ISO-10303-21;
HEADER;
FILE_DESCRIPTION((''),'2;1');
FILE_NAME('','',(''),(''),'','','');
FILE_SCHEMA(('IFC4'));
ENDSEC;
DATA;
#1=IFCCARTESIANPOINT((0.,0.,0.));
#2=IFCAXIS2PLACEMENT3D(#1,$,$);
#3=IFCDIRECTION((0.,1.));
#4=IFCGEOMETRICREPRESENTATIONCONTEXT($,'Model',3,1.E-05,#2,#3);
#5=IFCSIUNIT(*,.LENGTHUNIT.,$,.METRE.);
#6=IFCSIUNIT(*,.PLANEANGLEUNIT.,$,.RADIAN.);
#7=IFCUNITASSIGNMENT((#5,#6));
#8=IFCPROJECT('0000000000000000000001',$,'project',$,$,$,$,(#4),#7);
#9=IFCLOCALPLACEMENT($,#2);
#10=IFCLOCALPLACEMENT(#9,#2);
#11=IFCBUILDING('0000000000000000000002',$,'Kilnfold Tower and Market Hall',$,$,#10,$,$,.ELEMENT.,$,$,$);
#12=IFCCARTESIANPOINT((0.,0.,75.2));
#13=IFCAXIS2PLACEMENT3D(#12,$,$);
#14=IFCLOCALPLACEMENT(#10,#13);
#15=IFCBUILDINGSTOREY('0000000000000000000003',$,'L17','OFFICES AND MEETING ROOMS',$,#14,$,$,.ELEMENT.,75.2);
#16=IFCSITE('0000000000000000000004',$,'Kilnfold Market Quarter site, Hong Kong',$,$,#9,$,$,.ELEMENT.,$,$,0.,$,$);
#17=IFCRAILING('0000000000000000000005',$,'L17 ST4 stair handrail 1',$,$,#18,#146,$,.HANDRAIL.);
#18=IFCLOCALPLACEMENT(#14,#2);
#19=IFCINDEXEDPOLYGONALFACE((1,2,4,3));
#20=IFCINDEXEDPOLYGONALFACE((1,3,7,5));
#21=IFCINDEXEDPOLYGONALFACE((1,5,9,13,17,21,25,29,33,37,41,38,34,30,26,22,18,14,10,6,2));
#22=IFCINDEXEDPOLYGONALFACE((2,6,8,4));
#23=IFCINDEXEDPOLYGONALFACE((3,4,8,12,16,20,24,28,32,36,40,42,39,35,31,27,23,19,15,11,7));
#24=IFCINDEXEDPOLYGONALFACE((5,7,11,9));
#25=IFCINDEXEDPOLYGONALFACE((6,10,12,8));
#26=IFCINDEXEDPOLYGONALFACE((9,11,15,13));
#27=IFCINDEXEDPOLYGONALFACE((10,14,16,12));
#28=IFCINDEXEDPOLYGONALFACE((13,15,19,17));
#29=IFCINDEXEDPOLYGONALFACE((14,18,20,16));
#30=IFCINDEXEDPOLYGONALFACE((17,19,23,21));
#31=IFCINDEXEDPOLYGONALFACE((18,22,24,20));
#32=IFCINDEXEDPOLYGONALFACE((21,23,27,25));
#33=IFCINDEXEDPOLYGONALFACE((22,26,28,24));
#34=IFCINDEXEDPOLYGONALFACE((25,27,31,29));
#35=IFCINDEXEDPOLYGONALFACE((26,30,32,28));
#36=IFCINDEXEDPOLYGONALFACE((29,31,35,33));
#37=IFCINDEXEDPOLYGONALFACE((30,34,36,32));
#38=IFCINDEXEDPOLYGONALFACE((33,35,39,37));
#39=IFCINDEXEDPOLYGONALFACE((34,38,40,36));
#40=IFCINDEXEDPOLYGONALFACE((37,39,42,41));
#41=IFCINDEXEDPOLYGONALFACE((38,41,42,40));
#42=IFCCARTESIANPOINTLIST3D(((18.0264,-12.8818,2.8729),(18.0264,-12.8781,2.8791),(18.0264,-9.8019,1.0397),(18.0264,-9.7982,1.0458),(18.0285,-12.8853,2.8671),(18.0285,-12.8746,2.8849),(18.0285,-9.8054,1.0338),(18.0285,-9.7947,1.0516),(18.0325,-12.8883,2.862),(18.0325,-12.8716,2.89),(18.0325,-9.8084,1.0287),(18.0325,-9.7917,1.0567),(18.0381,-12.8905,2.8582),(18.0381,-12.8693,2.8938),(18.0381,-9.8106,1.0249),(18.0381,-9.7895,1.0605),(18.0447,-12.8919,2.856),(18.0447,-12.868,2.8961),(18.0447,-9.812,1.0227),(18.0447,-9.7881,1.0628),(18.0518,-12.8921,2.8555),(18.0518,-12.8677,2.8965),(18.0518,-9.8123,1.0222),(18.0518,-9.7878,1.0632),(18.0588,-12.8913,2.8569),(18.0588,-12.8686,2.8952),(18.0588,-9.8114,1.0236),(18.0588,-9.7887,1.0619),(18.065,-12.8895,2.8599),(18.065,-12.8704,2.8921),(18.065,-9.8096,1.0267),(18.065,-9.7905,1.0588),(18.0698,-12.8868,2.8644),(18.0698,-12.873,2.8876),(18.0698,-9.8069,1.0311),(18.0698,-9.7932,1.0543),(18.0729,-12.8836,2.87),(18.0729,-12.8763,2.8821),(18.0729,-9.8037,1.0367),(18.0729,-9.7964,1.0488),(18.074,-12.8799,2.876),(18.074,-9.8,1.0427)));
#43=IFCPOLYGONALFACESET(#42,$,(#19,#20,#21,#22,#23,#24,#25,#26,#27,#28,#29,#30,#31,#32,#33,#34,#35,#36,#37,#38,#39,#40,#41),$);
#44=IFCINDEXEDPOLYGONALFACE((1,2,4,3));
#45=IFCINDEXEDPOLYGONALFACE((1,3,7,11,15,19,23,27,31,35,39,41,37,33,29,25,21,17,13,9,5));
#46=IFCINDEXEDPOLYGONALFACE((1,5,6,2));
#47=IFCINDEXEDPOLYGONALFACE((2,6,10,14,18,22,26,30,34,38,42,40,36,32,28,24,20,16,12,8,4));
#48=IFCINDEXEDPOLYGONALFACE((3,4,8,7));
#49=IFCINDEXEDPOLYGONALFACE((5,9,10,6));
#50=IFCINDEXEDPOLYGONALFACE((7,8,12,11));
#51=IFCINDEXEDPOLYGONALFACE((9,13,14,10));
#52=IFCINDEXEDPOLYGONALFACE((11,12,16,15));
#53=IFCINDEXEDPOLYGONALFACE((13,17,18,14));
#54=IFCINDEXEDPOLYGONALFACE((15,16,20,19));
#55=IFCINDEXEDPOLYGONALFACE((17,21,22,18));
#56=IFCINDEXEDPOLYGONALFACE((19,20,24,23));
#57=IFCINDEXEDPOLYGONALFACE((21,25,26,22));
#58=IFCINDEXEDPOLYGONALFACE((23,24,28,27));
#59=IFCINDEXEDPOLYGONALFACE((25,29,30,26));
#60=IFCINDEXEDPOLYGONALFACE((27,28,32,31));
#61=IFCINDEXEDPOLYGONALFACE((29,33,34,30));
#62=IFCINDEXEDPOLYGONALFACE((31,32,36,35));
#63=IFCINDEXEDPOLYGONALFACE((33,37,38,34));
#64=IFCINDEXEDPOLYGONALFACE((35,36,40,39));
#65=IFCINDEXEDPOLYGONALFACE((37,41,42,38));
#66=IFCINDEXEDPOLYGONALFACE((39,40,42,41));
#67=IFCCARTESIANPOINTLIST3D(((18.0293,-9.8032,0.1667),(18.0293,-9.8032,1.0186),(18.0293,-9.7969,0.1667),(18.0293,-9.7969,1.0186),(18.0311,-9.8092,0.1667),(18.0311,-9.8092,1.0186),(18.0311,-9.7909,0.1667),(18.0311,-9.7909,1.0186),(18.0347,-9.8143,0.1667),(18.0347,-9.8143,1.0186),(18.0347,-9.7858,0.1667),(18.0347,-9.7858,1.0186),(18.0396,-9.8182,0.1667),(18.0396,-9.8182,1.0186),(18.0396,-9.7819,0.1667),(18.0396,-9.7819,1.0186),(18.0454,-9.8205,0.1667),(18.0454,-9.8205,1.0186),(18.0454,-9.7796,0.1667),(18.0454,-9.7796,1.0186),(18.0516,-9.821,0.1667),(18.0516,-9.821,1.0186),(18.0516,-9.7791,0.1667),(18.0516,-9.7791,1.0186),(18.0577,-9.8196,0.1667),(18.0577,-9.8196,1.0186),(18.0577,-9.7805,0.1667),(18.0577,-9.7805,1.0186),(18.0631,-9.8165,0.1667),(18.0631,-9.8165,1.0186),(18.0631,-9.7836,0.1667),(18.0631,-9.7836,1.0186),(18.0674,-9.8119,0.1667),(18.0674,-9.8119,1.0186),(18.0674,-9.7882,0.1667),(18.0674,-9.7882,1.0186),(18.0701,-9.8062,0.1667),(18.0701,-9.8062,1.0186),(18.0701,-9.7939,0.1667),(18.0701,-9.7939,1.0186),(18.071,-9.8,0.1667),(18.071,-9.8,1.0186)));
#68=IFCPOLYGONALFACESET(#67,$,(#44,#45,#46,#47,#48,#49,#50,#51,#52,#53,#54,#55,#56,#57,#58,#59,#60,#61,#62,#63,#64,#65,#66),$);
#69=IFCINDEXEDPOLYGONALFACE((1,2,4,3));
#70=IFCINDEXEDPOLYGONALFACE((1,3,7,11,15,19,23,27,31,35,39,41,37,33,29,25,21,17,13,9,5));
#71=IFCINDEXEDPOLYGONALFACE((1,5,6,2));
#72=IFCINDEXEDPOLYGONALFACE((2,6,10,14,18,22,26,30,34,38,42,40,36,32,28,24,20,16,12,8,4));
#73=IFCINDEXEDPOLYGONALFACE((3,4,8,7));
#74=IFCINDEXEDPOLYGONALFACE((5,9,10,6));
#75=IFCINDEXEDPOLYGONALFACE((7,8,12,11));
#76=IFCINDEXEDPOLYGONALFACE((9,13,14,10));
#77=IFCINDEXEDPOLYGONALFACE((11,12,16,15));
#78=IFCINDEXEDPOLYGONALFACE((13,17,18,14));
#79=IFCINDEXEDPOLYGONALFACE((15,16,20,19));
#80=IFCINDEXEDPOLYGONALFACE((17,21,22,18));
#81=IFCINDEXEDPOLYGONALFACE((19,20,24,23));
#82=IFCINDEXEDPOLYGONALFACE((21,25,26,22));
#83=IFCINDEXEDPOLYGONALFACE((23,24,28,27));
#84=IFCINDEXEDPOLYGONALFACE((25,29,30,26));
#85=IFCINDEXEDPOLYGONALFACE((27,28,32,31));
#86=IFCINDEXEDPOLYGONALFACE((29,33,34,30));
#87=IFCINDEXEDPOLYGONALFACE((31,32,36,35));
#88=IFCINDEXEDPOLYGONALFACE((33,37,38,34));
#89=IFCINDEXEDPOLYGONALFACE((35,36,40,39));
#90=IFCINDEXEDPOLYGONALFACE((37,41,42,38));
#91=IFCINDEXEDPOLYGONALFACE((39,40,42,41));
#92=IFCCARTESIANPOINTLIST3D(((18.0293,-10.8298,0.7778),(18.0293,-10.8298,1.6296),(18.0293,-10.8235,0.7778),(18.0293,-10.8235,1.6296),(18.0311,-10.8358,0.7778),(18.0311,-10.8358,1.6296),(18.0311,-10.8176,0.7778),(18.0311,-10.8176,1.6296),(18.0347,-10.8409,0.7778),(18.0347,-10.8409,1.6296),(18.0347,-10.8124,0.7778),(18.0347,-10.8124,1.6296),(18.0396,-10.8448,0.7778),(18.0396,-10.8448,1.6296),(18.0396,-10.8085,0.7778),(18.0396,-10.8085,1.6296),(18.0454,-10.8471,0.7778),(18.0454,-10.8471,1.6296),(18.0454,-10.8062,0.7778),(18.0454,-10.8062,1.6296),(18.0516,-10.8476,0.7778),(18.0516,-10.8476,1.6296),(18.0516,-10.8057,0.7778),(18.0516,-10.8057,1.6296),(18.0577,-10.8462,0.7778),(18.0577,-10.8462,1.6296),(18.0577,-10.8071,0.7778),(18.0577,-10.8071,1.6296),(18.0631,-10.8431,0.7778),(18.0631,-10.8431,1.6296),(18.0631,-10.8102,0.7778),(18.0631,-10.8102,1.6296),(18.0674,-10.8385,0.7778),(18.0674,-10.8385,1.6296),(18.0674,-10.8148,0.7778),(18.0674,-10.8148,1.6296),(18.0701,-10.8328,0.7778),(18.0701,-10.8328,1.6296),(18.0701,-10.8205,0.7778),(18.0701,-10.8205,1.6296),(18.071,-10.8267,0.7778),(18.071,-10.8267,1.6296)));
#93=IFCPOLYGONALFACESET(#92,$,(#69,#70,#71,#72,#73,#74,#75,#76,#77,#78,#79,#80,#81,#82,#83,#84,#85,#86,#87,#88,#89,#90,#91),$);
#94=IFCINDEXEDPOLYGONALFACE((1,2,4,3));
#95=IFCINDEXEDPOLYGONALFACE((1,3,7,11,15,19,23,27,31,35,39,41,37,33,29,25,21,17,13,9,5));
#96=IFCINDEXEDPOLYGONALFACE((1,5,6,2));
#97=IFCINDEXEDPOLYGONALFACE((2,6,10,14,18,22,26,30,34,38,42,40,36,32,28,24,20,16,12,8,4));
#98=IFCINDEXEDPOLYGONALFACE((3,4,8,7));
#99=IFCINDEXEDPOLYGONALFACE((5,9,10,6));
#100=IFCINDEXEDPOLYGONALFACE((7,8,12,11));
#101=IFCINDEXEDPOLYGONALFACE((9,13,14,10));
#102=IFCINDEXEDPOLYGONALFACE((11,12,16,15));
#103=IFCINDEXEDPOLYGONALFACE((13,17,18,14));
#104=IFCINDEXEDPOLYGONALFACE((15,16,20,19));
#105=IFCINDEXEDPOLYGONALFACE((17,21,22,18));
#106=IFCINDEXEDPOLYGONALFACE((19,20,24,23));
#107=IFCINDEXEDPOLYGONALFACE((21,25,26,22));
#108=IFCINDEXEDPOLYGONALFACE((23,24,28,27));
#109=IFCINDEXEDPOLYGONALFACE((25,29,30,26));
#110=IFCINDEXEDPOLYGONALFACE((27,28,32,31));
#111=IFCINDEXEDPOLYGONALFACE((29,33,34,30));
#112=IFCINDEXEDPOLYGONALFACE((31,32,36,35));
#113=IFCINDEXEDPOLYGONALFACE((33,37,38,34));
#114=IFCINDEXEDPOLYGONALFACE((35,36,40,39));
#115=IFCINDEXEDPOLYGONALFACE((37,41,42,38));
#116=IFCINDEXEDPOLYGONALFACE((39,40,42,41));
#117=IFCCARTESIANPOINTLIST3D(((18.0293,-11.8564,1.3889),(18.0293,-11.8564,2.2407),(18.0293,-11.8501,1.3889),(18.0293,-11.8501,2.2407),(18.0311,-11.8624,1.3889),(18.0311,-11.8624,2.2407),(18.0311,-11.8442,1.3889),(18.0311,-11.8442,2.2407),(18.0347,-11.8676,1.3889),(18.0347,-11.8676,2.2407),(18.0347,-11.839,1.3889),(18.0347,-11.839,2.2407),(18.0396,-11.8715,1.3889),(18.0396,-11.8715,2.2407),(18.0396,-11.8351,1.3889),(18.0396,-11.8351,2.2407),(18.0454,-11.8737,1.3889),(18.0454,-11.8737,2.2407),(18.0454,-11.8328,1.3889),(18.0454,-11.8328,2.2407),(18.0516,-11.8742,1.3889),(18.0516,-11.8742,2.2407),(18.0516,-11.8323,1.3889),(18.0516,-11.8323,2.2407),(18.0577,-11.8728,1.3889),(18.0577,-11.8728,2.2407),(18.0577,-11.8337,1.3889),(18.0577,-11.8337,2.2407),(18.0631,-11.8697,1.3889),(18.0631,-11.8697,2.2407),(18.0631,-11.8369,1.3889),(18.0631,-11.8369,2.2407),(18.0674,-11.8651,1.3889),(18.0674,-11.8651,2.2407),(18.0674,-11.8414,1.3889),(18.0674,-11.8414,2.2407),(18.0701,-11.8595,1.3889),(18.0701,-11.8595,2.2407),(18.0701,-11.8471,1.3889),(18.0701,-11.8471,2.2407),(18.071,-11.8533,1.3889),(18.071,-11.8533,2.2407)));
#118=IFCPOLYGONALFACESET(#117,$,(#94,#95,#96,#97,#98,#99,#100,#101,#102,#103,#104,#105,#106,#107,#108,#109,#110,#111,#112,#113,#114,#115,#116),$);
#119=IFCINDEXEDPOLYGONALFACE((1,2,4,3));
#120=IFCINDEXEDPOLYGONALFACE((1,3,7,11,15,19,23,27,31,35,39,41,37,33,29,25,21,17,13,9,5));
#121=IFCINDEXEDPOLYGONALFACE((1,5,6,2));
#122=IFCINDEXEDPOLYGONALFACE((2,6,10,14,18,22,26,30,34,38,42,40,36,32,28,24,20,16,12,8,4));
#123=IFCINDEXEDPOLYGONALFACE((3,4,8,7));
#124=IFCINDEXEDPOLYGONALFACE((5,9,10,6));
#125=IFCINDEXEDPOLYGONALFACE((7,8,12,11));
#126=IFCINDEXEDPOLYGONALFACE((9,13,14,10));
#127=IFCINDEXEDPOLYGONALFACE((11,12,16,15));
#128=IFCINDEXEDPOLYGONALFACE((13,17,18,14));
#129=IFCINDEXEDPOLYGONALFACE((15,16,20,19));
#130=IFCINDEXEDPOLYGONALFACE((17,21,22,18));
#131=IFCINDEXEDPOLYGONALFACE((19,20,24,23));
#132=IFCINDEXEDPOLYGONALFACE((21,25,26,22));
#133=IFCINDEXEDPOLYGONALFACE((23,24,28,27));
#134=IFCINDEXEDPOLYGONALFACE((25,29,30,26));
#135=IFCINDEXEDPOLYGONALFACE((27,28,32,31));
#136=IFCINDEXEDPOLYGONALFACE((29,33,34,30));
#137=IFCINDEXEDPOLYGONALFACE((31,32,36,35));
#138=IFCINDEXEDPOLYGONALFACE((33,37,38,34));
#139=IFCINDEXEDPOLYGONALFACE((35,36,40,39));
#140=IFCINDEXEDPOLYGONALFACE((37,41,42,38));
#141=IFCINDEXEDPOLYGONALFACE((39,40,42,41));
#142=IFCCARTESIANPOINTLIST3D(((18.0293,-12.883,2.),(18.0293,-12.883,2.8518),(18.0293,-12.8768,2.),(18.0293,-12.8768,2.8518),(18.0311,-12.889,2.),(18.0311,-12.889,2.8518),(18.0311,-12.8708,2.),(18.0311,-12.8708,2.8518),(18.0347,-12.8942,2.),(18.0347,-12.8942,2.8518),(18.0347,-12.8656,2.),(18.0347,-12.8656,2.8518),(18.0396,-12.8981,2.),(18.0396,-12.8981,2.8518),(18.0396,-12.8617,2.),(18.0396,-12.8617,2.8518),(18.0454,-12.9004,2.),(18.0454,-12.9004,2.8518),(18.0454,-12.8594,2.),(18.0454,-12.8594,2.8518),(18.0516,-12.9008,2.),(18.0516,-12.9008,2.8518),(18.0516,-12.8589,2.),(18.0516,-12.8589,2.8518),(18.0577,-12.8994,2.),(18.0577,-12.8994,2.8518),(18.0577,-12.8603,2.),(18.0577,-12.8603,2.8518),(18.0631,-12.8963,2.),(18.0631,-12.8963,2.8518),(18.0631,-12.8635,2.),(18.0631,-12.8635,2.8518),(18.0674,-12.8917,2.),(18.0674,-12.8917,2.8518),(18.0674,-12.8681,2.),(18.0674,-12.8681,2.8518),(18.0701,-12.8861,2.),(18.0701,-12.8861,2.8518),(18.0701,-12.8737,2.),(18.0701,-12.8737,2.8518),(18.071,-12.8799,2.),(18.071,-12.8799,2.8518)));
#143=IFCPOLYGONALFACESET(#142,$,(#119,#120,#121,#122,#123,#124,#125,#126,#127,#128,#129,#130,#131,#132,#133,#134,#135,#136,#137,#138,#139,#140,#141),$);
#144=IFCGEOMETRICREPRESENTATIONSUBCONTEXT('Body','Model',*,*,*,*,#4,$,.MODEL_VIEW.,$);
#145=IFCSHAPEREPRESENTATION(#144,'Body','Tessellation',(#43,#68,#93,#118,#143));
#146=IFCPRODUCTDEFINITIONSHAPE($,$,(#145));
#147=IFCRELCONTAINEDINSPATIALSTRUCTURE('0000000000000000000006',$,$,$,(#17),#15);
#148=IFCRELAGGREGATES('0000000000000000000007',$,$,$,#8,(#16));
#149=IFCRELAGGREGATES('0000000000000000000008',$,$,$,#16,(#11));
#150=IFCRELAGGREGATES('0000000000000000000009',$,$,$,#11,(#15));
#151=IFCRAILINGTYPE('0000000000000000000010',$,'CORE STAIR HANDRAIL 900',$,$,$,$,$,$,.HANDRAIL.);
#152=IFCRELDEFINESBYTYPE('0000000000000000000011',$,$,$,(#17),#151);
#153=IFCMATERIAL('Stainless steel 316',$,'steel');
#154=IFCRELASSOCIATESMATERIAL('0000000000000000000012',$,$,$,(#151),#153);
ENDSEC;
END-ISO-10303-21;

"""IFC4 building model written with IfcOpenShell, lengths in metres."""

from ifc_helpers import new_model, si_unit, direction, frame, origin, origin_2d, place, context, subcontext, project, spatial, circle, extrude, material, type_object, element, save


model = new_model("IFC4")

# Units and contexts
model_context = context("Model", 3, precision=1e-05, world=origin(), true_north=direction((0.0, 1.0)))
body_context = subcontext(model_context, "Body", "Model", "MODEL_VIEW")
ifc_project = project(units=[si_unit("LENGTHUNIT", "METRE"), si_unit("PLANEANGLEUNIT", "RADIAN")], contexts=[model_context])

# Site, building, storey
site_placement = place(None, origin())
site = spatial("IfcSite", under=ifc_project, at=site_placement, Name="Kilnfold Market Quarter site, Hong Kong", CompositionType="ELEMENT", RefElevation=0.0)
building_placement = place(site_placement, origin())
building = spatial("IfcBuilding", under=site, at=building_placement, Name="Kilnfold Tower and Market Hall", CompositionType="ELEMENT")
storey_placement = place(building_placement, frame((0.0, 0.0, 75.2)))
storey = spatial("IfcBuildingStorey", under=building, at=storey_placement, Name="L17", Description="OFFICES AND MEETING ROOMS", CompositionType="ELEMENT", Elevation=75.2)

# Railing
ifc_material_1 = material(Name="Stainless steel 316", Category="steel")
railing_type_1 = type_object("IfcRailingType", Name="CORE STAIR HANDRAIL 900", PredefinedType="HANDRAIL", material=ifc_material_1)
railing_1_placement = place(storey_placement, frame((18.05, -9.8, 0.1667)))
element("IfcRailing", 1, at=railing_1_placement, inside=storey, type_object=railing_type_1, Name="L17 ST4 stair handrail 1", PredefinedType="HANDRAIL", context=body_context, shape_type="SweptSolid", body=[
    extrude(circle(Radius=0.0239, at=origin_2d()), frame((0.0, 0.0, 0.876), z_axis=(0.0, -0.859291, 0.511487), x_axis=(1.0, 0.0, 0.0)), (0.0, 0.0, 1.0), 3.5842),
    extrude(circle(Radius=0.021, at=origin_2d()), origin(), (0.0, 0.0, 1.0), 0.8518),
    extrude(circle(Radius=0.021, at=origin_2d()), frame((0.0, -1.0266, 0.6111)), (0.0, 0.0, 1.0), 0.8518),
    extrude(circle(Radius=0.021, at=origin_2d()), frame((0.0, -2.0532, 1.2222)), (0.0, 0.0, 1.0), 0.8518),
    extrude(circle(Radius=0.021, at=origin_2d()), frame((0.0, -3.0798, 1.8333)), (0.0, 0.0, 1.0), 0.8518),
])

save(model, "model.ifc")
